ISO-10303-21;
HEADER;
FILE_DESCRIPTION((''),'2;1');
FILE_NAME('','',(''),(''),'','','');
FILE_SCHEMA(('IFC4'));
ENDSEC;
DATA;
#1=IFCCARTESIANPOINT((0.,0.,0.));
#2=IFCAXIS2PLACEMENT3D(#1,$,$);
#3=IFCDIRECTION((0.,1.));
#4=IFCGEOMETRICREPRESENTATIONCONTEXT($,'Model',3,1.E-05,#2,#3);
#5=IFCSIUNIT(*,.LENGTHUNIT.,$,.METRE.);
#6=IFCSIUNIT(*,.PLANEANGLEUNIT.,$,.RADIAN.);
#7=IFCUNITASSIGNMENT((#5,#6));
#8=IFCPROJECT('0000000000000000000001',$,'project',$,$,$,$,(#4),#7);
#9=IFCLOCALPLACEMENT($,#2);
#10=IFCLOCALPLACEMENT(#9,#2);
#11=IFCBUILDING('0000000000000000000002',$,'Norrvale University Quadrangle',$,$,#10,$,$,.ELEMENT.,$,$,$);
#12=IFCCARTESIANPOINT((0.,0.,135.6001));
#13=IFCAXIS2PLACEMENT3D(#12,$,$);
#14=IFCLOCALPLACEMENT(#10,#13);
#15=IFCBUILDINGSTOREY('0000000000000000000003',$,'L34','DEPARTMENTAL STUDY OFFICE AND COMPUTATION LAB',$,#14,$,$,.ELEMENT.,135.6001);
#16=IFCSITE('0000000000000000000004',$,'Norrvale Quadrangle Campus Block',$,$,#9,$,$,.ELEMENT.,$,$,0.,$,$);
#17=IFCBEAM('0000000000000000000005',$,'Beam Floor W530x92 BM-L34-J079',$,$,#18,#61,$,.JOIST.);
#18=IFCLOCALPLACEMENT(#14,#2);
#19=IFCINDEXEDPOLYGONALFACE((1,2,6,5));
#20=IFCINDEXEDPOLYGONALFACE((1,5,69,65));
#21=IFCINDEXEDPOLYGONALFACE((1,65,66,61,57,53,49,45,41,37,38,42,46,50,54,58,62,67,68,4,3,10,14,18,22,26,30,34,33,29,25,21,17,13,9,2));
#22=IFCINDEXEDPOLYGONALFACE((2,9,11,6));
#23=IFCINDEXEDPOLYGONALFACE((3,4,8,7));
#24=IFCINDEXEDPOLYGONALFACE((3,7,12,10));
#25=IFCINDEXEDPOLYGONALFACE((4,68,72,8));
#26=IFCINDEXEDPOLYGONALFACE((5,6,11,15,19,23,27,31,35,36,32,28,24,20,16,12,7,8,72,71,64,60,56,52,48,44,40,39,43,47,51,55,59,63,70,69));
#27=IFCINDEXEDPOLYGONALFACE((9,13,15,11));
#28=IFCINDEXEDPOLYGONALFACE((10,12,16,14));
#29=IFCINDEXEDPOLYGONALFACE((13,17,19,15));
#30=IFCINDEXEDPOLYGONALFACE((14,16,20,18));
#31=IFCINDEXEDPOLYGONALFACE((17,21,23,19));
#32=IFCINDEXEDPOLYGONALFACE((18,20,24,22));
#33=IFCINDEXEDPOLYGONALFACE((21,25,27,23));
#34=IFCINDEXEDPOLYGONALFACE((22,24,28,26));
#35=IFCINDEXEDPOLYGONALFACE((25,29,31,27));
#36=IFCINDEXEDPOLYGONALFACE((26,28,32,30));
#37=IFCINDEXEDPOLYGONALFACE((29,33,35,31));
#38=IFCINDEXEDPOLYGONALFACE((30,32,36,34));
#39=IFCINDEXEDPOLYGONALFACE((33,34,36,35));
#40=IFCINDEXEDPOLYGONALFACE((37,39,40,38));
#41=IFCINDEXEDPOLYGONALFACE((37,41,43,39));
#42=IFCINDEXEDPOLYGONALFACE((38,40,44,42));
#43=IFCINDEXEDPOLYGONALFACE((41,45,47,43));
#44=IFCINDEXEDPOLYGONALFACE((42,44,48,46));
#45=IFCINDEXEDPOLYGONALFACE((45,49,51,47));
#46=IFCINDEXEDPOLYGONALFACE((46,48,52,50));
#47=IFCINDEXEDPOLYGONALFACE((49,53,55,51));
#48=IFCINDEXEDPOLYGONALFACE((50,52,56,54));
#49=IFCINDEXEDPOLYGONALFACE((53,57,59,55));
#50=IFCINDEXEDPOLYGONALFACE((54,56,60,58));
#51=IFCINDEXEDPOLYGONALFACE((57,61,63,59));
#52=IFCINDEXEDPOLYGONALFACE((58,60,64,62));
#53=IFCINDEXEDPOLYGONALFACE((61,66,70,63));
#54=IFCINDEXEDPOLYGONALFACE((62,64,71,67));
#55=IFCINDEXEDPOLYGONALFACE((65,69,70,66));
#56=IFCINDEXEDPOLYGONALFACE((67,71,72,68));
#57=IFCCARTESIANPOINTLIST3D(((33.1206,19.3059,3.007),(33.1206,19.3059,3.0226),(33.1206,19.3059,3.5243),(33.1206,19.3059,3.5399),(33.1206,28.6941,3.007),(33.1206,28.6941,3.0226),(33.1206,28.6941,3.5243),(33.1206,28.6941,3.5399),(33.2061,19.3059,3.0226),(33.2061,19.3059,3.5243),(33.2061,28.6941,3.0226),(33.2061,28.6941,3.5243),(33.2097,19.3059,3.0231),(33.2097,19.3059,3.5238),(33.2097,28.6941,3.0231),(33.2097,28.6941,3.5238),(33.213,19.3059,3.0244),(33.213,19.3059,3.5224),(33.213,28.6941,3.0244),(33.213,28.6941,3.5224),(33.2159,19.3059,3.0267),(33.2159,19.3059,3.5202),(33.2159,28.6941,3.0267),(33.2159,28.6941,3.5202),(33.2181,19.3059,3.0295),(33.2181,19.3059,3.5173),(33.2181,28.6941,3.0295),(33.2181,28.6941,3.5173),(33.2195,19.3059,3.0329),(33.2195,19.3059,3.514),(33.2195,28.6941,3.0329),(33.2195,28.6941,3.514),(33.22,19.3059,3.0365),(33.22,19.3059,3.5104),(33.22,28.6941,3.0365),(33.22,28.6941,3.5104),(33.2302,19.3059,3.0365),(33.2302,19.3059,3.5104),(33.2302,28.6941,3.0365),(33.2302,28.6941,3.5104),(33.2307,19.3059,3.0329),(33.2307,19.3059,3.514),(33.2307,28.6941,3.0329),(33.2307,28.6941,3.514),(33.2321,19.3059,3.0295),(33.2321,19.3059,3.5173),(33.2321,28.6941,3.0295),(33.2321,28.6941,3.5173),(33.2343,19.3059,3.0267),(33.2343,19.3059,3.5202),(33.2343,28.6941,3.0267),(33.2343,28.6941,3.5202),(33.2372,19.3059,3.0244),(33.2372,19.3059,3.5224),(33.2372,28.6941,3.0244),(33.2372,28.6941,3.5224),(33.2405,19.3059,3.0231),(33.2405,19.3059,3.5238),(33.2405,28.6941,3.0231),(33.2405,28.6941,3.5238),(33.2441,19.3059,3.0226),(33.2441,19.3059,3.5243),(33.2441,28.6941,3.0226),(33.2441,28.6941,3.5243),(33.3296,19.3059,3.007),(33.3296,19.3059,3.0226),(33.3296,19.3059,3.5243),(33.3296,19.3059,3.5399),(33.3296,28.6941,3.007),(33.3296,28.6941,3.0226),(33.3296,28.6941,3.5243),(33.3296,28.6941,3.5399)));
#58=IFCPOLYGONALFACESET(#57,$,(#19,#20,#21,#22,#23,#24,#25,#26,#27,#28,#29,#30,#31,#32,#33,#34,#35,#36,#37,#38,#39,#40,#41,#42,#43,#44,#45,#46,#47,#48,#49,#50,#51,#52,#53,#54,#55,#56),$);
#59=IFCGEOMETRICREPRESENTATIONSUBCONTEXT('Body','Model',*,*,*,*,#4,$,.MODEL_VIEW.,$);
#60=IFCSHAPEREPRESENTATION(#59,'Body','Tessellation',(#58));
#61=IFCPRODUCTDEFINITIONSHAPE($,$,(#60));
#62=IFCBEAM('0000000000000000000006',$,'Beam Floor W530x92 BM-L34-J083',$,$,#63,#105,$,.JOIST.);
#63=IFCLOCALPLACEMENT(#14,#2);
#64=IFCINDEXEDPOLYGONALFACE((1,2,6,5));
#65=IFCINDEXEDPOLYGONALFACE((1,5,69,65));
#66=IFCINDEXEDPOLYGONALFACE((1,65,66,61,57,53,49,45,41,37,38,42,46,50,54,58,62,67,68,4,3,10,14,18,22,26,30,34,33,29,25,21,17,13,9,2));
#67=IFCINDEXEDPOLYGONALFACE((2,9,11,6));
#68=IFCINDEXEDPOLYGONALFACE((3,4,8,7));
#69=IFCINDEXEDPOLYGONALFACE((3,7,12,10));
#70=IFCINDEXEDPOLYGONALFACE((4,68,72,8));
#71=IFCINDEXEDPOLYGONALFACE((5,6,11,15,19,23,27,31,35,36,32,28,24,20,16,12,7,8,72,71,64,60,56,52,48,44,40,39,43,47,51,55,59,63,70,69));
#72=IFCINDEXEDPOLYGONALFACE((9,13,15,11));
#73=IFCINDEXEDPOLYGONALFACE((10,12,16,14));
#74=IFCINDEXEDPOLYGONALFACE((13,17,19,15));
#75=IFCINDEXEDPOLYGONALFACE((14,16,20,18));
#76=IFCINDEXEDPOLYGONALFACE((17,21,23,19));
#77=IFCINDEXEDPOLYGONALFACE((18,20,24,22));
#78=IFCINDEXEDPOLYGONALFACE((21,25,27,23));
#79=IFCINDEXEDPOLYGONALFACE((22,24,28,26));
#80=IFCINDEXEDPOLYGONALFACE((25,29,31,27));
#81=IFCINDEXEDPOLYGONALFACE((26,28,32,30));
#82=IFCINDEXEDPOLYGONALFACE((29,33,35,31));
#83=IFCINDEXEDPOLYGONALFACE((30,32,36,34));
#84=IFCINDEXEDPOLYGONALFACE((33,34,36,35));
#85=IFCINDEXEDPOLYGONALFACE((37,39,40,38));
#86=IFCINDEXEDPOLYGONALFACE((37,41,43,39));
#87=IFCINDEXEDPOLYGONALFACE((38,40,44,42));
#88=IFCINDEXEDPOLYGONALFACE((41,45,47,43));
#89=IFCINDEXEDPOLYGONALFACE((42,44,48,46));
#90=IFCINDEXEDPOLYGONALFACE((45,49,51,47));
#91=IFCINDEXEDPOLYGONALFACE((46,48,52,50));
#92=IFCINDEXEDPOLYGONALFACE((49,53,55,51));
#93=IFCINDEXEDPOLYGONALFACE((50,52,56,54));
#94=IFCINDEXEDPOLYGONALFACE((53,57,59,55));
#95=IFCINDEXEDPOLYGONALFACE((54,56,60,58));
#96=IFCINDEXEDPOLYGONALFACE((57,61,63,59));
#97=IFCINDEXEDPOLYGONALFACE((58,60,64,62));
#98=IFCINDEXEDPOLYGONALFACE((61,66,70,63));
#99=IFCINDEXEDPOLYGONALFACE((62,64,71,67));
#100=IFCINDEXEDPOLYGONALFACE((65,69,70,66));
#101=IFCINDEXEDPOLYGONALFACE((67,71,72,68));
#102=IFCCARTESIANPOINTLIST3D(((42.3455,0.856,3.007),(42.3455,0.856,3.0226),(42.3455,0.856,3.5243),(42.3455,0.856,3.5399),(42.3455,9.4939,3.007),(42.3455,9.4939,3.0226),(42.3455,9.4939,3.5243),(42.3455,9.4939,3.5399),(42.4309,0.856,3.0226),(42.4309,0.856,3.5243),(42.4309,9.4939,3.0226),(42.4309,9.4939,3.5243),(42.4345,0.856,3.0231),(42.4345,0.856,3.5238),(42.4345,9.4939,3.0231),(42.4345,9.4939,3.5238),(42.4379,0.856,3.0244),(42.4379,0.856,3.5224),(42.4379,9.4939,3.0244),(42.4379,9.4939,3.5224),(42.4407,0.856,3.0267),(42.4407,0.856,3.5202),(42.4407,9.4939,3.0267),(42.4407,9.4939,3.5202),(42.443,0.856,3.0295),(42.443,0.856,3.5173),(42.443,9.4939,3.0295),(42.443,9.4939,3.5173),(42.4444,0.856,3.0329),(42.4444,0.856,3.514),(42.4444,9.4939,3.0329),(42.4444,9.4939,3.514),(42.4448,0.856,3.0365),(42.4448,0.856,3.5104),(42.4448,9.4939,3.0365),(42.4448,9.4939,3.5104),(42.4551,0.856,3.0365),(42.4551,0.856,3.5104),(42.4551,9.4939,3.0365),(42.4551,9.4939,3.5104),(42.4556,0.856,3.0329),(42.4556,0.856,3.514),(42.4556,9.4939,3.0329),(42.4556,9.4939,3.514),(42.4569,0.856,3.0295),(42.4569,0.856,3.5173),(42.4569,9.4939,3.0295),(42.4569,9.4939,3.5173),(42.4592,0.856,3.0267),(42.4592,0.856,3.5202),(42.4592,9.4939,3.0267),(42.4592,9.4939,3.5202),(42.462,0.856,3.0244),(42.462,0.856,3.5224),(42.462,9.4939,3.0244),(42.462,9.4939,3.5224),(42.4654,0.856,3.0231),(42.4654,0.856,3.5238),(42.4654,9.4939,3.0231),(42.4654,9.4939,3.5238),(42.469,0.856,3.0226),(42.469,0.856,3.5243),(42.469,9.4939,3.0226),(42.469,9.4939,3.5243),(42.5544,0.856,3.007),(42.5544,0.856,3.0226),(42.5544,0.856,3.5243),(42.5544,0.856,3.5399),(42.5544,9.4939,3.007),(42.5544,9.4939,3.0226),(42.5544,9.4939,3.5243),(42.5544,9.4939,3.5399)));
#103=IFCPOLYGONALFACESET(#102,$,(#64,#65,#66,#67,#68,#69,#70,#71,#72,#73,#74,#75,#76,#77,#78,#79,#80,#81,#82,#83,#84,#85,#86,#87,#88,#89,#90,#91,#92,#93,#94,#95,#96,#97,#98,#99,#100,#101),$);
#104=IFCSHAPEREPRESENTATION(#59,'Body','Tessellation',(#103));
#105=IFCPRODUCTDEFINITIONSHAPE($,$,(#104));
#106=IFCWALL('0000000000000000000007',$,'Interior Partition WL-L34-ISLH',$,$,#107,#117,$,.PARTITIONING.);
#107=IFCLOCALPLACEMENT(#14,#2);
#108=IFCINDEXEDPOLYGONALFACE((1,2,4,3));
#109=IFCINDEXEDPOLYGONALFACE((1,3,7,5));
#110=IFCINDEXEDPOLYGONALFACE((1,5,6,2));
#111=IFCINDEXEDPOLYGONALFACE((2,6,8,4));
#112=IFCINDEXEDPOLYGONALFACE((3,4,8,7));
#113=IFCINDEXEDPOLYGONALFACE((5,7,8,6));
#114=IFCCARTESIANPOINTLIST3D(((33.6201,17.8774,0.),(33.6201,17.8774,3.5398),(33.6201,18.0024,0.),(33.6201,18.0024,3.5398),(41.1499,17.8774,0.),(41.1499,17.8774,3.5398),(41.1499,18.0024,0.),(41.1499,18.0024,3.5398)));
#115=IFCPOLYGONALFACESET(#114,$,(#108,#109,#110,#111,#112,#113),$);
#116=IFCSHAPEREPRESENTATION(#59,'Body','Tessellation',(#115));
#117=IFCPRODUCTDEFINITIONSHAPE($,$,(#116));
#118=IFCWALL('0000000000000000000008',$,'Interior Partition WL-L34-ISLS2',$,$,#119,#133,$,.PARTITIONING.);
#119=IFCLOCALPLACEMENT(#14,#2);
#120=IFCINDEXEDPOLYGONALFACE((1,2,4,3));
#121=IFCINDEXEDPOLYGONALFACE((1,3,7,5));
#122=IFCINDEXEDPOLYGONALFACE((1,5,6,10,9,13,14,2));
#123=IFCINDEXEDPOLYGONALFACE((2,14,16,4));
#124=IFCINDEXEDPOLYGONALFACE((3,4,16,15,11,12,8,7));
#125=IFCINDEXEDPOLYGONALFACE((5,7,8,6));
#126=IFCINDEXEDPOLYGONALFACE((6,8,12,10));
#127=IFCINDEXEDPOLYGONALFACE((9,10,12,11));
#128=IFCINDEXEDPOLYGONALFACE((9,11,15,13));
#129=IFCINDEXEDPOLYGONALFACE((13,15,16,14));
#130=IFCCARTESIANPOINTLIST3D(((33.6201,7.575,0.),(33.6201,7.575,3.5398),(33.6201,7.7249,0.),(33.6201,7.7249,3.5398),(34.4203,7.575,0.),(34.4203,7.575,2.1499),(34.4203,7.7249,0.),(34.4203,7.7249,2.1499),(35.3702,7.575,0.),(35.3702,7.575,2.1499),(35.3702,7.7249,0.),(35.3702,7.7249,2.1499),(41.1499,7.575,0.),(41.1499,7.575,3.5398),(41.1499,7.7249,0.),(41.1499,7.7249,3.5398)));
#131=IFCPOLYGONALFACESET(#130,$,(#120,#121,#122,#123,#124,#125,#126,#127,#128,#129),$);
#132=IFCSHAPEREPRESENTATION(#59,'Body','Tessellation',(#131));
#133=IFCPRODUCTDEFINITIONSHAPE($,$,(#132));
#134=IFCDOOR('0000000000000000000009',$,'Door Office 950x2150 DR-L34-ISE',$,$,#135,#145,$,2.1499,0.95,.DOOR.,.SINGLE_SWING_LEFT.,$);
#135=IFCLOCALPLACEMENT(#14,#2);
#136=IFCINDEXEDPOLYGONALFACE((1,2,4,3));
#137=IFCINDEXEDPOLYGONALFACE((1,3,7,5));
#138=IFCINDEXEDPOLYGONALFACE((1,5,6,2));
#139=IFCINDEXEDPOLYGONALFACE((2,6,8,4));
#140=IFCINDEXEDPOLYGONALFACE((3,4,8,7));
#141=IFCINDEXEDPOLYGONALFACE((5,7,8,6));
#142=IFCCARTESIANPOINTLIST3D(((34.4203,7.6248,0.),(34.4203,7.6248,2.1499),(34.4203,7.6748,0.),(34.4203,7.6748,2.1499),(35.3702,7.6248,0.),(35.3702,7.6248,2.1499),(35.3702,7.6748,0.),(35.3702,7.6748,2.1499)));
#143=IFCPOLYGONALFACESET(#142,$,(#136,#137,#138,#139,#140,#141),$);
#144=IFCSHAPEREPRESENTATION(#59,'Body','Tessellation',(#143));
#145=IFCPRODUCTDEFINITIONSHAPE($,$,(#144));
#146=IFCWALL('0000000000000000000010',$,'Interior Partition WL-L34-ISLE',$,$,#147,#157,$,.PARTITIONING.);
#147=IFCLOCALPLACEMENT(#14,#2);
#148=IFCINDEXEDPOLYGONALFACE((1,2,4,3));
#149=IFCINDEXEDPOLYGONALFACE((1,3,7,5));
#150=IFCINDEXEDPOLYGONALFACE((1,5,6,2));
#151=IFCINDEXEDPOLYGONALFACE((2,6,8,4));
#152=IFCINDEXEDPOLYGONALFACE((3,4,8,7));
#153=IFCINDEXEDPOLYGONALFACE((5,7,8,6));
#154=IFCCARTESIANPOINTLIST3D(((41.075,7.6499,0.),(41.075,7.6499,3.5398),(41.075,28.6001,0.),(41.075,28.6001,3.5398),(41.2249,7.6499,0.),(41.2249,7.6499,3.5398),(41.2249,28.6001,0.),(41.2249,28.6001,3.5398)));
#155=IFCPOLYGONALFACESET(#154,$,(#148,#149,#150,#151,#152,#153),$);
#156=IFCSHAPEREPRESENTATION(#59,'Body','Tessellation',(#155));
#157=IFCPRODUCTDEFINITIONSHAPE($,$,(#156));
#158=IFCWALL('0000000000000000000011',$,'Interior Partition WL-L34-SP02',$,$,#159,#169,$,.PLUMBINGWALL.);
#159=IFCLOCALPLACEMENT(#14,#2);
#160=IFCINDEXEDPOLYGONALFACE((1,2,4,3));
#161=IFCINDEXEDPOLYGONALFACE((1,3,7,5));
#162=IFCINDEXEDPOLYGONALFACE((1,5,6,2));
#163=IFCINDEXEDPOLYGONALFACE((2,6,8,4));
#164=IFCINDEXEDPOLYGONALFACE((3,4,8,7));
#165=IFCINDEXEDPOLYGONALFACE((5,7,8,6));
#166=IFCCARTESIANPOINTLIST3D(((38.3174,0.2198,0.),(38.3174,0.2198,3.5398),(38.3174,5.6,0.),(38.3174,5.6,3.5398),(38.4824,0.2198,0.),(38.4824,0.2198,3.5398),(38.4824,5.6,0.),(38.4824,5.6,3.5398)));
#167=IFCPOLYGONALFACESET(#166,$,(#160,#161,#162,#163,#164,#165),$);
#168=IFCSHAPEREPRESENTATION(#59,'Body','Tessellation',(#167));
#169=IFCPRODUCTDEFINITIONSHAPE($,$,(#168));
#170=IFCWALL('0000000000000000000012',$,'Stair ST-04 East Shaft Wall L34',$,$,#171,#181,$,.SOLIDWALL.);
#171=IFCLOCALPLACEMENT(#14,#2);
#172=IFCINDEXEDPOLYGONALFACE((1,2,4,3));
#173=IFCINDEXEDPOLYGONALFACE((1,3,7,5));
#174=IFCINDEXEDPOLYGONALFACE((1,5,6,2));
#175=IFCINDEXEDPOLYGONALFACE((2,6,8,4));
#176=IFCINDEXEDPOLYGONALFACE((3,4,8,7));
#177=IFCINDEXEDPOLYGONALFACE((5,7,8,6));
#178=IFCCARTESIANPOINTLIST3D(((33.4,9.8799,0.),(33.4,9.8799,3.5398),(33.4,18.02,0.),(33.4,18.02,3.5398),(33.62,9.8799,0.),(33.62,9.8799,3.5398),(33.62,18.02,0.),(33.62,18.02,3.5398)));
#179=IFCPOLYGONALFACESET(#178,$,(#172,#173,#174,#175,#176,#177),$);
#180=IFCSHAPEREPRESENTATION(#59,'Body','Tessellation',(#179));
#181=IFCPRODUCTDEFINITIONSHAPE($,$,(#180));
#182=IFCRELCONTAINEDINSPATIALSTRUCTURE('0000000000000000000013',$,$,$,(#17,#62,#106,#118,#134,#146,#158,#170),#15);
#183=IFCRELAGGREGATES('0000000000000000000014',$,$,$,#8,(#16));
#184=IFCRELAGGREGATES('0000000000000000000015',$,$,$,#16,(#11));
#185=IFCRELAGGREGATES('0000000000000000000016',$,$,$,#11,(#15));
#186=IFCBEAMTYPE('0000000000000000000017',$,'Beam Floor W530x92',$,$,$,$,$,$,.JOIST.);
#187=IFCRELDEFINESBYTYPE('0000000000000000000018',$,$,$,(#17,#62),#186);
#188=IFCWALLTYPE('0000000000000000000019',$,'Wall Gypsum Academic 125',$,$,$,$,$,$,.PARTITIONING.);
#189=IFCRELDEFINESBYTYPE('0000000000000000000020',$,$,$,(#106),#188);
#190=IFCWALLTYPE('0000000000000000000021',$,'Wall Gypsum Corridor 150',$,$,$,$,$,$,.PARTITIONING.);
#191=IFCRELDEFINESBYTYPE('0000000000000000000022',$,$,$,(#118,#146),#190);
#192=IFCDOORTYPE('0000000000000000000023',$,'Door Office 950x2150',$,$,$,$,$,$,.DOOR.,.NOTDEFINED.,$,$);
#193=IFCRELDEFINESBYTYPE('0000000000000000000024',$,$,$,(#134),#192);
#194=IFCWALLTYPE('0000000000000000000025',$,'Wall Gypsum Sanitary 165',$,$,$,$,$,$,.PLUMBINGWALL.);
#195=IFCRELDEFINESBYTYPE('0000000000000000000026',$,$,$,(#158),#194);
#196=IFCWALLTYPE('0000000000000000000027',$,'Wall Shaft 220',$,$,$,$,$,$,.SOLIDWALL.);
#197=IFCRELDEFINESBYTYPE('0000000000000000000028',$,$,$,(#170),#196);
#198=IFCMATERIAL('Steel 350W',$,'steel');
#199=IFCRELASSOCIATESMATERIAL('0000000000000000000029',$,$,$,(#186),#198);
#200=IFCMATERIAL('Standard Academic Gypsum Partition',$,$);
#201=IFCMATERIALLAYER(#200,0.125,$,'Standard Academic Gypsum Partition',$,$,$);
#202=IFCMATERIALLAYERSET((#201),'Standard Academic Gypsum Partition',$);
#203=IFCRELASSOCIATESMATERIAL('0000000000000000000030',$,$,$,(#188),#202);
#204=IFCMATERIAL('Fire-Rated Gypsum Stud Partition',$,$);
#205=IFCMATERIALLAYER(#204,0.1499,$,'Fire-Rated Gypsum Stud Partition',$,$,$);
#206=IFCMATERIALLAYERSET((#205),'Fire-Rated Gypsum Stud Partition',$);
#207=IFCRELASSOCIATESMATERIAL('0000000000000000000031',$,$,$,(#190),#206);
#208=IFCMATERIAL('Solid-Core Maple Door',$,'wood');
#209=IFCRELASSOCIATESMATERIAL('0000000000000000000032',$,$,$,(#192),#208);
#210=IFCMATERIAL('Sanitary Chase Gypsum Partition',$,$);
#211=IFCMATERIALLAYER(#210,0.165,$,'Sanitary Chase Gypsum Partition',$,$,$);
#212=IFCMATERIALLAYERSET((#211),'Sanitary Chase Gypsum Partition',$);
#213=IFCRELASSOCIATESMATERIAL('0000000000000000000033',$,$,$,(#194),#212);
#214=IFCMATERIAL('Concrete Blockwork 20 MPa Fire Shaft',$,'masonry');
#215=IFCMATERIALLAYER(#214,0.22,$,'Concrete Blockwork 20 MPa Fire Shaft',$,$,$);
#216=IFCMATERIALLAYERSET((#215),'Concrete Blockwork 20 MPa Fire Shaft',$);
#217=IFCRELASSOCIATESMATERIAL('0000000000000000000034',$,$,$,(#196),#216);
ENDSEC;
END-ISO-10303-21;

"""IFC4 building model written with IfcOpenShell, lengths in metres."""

from ifc_helpers import new_model, si_unit, direction, frame, frame_2d, origin, origin_2d, place, context, subcontext, project, spatial, rectangle, i_section, extrude, material, layer, layer_set, material_profile, profile_set, type_object, element, fill, save


model = new_model("IFC4")

# Units and contexts
model_context = context("Model", 3, precision=1e-05, world=origin(), true_north=direction((0.0, 1.0)))
body_context = subcontext(model_context, "Body", "Model", "MODEL_VIEW")
ifc_project = project(units=[si_unit("LENGTHUNIT", "METRE"), si_unit("PLANEANGLEUNIT", "RADIAN")], contexts=[model_context])

# Site, building, storey
site_placement = place(None, origin())
site = spatial("IfcSite", under=ifc_project, at=site_placement, Name="Norrvale Quadrangle Campus Block", CompositionType="ELEMENT", RefElevation=0.0)
building_placement = place(site_placement, origin())
building = spatial("IfcBuilding", under=site, at=building_placement, Name="Norrvale University Quadrangle", CompositionType="ELEMENT")
storey_placement = place(building_placement, frame((0.0, 0.0, 135.6001)))
storey = spatial("IfcBuildingStorey", under=building, at=storey_placement, Name="L34", Description="DEPARTMENTAL STUDY OFFICE AND COMPUTATION LAB", CompositionType="ELEMENT", Elevation=135.6001)

# Beams
ifc_material_1 = material(Name="Steel 350W", Category="steel")
ifc_material_profile_1 = material_profile(ifc_material_1, i_section(OverallWidth=0.209, OverallDepth=0.533, WebThickness=0.0103, FlangeThickness=0.0156, FilletRadius=0.0139, at=origin_2d()), Name="Steel 350W")
ifc_profile_set_1 = profile_set([ifc_material_profile_1], Name="Steel 350W")
beam_type_1 = type_object("IfcBeamType", Name="Beam Floor W530x92", PredefinedType="JOIST", material=ifc_profile_set_1)
beam_1_placement = place(storey_placement, frame((33.2251, 19.3059, 3.2734), z_axis=(0.0, 1.0, 0.0), x_axis=(-1.0, 0.0, 0.0)))
element("IfcBeam", 1, at=beam_1_placement, inside=storey, type_object=beam_type_1, Name="Beam Floor W530x92 BM-L34-J079", PredefinedType="JOIST", context=body_context, shape_type="SweptSolid", body=[
    extrude(i_section(OverallWidth=0.209, OverallDepth=0.533, WebThickness=0.0103, FlangeThickness=0.0156, FilletRadius=0.0139, at=origin_2d()), origin(), (0.0, 0.0, 1.0), 9.3882),
])
beam_2_placement = place(storey_placement, frame((42.45, 0.856, 3.2734), z_axis=(0.0, 1.0, 0.0), x_axis=(-1.0, 0.0, 0.0)))
element("IfcBeam", 2, at=beam_2_placement, inside=storey, type_object=beam_type_1, Name="Beam Floor W530x92 BM-L34-J083", PredefinedType="JOIST", context=body_context, shape_type="SweptSolid", body=[
    extrude(i_section(OverallWidth=0.209, OverallDepth=0.533, WebThickness=0.0103, FlangeThickness=0.0156, FilletRadius=0.0139, at=origin_2d()), origin(), (0.0, 0.0, 1.0), 8.6379),
])

# Wall
ifc_material_2 = material(Name="Standard Academic Gypsum Partition")
ifc_layer_1 = layer(ifc_material_2, 0.125, Name="Standard Academic Gypsum Partition")
ifc_layer_set_1 = layer_set([ifc_layer_1], Name="Standard Academic Gypsum Partition")
wall_type_1 = type_object("IfcWallType", Name="Wall Gypsum Academic 125", PredefinedType="PARTITIONING", material=ifc_layer_set_1)
wall_1_placement = place(storey_placement, frame((33.6201, 17.9399, 0.0), z_axis=(0.0, 0.0, 1.0), x_axis=(1.0, 0.0, 0.0)))
element("IfcWall", 3, at=wall_1_placement, inside=storey, type_object=wall_type_1, Name="Interior Partition WL-L34-ISLH", PredefinedType="PARTITIONING", context=body_context, shape_type="SweptSolid", body=[
    extrude(rectangle(XDim=7.5298, YDim=0.125, at=frame_2d((3.7649, 0.0))), origin(), (0.0, 0.0, 1.0), 3.5398),
])

# Wall, opening, door
ifc_material_3 = material(Name="Fire-Rated Gypsum Stud Partition")
ifc_layer_2 = layer(ifc_material_3, 0.1499, Name="Fire-Rated Gypsum Stud Partition")
ifc_layer_set_2 = layer_set([ifc_layer_2], Name="Fire-Rated Gypsum Stud Partition")
wall_type_2 = type_object("IfcWallType", Name="Wall Gypsum Corridor 150", PredefinedType="PARTITIONING", material=ifc_layer_set_2)
wall_2_placement = place(storey_placement, frame((33.6201, 7.6499, 0.0), z_axis=(0.0, 0.0, 1.0), x_axis=(1.0, 0.0, 0.0)))
wall_2 = element("IfcWall", 4, at=wall_2_placement, inside=storey, type_object=wall_type_2, Name="Interior Partition WL-L34-ISLS2", PredefinedType="PARTITIONING", context=body_context, shape_type="SweptSolid", body=[
    extrude(rectangle(XDim=7.5298, YDim=0.1499, at=frame_2d((3.7649, 0.0))), origin(), (0.0, 0.0, 1.0), 3.5398),
])
opening_placement = place(wall_2_placement, frame((0.8, 0.0, 0.0)))
opening = element("IfcOpeningElement", 5, at=opening_placement, cuts=wall_2, PredefinedType="OPENING", context=body_context, shape_type="SweptSolid", body=[
    extrude(rectangle(XDim=0.95, YDim=2.1499, at=frame_2d((0.4751, 1.075))), frame((0.0, 0.0869, 0.0), z_axis=(0.0, -1.0, 0.0), x_axis=(1.0, 0.0, 0.0)), (0.0, 0.0, 1.0), 0.1738),
])
ifc_material_4 = material(Name="Solid-Core Maple Door", Category="wood")
door_type = type_object("IfcDoorType", Name="Door Office 950x2150", OperationType="NOTDEFINED", PredefinedType="DOOR", material=ifc_material_4)
door_placement = place(opening_placement, origin())
door = element("IfcDoor", 6, at=door_placement, inside=storey, type_object=door_type, Name="Door Office 950x2150 DR-L34-ISE", OperationType="SINGLE_SWING_LEFT", OverallHeight=2.1499, OverallWidth=0.95, PredefinedType="DOOR", context=body_context, shape_type="SweptSolid", body=[
    extrude(rectangle(XDim=0.95, YDim=2.1499, at=frame_2d((0.4751, 1.075))), frame((0.0, 0.0249, 0.0), z_axis=(0.0, -1.0, 0.0), x_axis=(1.0, 0.0, 0.0)), (0.0, 0.0, 1.0), 0.05),
])
fill(opening, door)

# Walls
wall_3_placement = place(storey_placement, frame((41.1499, 7.6499, 0.0), z_axis=(0.0, 0.0, 1.0), x_axis=(0.0, 1.0, 0.0)))
element("IfcWall", 7, at=wall_3_placement, inside=storey, type_object=wall_type_2, Name="Interior Partition WL-L34-ISLE", PredefinedType="PARTITIONING", context=body_context, shape_type="SweptSolid", body=[
    extrude(rectangle(XDim=20.9502, YDim=0.1499, at=frame_2d((10.4751, 0.0))), origin(), (0.0, 0.0, 1.0), 3.5398),
])
ifc_material_5 = material(Name="Sanitary Chase Gypsum Partition")
ifc_layer_3 = layer(ifc_material_5, 0.165, Name="Sanitary Chase Gypsum Partition")
ifc_layer_set_3 = layer_set([ifc_layer_3], Name="Sanitary Chase Gypsum Partition")
wall_type_3 = type_object("IfcWallType", Name="Wall Gypsum Sanitary 165", PredefinedType="PLUMBINGWALL", material=ifc_layer_set_3)
wall_4_placement = place(storey_placement, frame((38.3999, 0.22, 0.0), z_axis=(0.0, 0.0, 1.0), x_axis=(0.0, 1.0, 0.0)))
element("IfcWall", 8, at=wall_4_placement, inside=storey, type_object=wall_type_3, Name="Interior Partition WL-L34-SP02", PredefinedType="PLUMBINGWALL", context=body_context, shape_type="SweptSolid", body=[
    extrude(rectangle(XDim=5.3801, YDim=0.165, at=frame_2d((2.6899, 0.0))), origin(), (0.0, 0.0, 1.0), 3.5398),
])
ifc_material_6 = material(Name="Concrete Blockwork 20 MPa Fire Shaft", Category="masonry")
ifc_layer_4 = layer(ifc_material_6, 0.22, Name="Concrete Blockwork 20 MPa Fire Shaft")
ifc_layer_set_4 = layer_set([ifc_layer_4], Name="Concrete Blockwork 20 MPa Fire Shaft")
wall_type_4 = type_object("IfcWallType", Name="Wall Shaft 220", PredefinedType="SOLIDWALL", material=ifc_layer_set_4)
wall_5_placement = place(storey_placement, frame((33.51, 9.8799, 0.0), z_axis=(0.0, 0.0, 1.0), x_axis=(0.0, 1.0, 0.0)))
element("IfcWall", 9, at=wall_5_placement, inside=storey, type_object=wall_type_4, Name="Stair ST-04 East Shaft Wall L34", PredefinedType="SOLIDWALL", context=body_context, shape_type="SweptSolid", body=[
    extrude(rectangle(XDim=8.1401, YDim=0.22, at=frame_2d((4.0701, 0.0))), origin(), (0.0, 0.0, 1.0), 3.5398),
])

save(model, "model.ifc")
